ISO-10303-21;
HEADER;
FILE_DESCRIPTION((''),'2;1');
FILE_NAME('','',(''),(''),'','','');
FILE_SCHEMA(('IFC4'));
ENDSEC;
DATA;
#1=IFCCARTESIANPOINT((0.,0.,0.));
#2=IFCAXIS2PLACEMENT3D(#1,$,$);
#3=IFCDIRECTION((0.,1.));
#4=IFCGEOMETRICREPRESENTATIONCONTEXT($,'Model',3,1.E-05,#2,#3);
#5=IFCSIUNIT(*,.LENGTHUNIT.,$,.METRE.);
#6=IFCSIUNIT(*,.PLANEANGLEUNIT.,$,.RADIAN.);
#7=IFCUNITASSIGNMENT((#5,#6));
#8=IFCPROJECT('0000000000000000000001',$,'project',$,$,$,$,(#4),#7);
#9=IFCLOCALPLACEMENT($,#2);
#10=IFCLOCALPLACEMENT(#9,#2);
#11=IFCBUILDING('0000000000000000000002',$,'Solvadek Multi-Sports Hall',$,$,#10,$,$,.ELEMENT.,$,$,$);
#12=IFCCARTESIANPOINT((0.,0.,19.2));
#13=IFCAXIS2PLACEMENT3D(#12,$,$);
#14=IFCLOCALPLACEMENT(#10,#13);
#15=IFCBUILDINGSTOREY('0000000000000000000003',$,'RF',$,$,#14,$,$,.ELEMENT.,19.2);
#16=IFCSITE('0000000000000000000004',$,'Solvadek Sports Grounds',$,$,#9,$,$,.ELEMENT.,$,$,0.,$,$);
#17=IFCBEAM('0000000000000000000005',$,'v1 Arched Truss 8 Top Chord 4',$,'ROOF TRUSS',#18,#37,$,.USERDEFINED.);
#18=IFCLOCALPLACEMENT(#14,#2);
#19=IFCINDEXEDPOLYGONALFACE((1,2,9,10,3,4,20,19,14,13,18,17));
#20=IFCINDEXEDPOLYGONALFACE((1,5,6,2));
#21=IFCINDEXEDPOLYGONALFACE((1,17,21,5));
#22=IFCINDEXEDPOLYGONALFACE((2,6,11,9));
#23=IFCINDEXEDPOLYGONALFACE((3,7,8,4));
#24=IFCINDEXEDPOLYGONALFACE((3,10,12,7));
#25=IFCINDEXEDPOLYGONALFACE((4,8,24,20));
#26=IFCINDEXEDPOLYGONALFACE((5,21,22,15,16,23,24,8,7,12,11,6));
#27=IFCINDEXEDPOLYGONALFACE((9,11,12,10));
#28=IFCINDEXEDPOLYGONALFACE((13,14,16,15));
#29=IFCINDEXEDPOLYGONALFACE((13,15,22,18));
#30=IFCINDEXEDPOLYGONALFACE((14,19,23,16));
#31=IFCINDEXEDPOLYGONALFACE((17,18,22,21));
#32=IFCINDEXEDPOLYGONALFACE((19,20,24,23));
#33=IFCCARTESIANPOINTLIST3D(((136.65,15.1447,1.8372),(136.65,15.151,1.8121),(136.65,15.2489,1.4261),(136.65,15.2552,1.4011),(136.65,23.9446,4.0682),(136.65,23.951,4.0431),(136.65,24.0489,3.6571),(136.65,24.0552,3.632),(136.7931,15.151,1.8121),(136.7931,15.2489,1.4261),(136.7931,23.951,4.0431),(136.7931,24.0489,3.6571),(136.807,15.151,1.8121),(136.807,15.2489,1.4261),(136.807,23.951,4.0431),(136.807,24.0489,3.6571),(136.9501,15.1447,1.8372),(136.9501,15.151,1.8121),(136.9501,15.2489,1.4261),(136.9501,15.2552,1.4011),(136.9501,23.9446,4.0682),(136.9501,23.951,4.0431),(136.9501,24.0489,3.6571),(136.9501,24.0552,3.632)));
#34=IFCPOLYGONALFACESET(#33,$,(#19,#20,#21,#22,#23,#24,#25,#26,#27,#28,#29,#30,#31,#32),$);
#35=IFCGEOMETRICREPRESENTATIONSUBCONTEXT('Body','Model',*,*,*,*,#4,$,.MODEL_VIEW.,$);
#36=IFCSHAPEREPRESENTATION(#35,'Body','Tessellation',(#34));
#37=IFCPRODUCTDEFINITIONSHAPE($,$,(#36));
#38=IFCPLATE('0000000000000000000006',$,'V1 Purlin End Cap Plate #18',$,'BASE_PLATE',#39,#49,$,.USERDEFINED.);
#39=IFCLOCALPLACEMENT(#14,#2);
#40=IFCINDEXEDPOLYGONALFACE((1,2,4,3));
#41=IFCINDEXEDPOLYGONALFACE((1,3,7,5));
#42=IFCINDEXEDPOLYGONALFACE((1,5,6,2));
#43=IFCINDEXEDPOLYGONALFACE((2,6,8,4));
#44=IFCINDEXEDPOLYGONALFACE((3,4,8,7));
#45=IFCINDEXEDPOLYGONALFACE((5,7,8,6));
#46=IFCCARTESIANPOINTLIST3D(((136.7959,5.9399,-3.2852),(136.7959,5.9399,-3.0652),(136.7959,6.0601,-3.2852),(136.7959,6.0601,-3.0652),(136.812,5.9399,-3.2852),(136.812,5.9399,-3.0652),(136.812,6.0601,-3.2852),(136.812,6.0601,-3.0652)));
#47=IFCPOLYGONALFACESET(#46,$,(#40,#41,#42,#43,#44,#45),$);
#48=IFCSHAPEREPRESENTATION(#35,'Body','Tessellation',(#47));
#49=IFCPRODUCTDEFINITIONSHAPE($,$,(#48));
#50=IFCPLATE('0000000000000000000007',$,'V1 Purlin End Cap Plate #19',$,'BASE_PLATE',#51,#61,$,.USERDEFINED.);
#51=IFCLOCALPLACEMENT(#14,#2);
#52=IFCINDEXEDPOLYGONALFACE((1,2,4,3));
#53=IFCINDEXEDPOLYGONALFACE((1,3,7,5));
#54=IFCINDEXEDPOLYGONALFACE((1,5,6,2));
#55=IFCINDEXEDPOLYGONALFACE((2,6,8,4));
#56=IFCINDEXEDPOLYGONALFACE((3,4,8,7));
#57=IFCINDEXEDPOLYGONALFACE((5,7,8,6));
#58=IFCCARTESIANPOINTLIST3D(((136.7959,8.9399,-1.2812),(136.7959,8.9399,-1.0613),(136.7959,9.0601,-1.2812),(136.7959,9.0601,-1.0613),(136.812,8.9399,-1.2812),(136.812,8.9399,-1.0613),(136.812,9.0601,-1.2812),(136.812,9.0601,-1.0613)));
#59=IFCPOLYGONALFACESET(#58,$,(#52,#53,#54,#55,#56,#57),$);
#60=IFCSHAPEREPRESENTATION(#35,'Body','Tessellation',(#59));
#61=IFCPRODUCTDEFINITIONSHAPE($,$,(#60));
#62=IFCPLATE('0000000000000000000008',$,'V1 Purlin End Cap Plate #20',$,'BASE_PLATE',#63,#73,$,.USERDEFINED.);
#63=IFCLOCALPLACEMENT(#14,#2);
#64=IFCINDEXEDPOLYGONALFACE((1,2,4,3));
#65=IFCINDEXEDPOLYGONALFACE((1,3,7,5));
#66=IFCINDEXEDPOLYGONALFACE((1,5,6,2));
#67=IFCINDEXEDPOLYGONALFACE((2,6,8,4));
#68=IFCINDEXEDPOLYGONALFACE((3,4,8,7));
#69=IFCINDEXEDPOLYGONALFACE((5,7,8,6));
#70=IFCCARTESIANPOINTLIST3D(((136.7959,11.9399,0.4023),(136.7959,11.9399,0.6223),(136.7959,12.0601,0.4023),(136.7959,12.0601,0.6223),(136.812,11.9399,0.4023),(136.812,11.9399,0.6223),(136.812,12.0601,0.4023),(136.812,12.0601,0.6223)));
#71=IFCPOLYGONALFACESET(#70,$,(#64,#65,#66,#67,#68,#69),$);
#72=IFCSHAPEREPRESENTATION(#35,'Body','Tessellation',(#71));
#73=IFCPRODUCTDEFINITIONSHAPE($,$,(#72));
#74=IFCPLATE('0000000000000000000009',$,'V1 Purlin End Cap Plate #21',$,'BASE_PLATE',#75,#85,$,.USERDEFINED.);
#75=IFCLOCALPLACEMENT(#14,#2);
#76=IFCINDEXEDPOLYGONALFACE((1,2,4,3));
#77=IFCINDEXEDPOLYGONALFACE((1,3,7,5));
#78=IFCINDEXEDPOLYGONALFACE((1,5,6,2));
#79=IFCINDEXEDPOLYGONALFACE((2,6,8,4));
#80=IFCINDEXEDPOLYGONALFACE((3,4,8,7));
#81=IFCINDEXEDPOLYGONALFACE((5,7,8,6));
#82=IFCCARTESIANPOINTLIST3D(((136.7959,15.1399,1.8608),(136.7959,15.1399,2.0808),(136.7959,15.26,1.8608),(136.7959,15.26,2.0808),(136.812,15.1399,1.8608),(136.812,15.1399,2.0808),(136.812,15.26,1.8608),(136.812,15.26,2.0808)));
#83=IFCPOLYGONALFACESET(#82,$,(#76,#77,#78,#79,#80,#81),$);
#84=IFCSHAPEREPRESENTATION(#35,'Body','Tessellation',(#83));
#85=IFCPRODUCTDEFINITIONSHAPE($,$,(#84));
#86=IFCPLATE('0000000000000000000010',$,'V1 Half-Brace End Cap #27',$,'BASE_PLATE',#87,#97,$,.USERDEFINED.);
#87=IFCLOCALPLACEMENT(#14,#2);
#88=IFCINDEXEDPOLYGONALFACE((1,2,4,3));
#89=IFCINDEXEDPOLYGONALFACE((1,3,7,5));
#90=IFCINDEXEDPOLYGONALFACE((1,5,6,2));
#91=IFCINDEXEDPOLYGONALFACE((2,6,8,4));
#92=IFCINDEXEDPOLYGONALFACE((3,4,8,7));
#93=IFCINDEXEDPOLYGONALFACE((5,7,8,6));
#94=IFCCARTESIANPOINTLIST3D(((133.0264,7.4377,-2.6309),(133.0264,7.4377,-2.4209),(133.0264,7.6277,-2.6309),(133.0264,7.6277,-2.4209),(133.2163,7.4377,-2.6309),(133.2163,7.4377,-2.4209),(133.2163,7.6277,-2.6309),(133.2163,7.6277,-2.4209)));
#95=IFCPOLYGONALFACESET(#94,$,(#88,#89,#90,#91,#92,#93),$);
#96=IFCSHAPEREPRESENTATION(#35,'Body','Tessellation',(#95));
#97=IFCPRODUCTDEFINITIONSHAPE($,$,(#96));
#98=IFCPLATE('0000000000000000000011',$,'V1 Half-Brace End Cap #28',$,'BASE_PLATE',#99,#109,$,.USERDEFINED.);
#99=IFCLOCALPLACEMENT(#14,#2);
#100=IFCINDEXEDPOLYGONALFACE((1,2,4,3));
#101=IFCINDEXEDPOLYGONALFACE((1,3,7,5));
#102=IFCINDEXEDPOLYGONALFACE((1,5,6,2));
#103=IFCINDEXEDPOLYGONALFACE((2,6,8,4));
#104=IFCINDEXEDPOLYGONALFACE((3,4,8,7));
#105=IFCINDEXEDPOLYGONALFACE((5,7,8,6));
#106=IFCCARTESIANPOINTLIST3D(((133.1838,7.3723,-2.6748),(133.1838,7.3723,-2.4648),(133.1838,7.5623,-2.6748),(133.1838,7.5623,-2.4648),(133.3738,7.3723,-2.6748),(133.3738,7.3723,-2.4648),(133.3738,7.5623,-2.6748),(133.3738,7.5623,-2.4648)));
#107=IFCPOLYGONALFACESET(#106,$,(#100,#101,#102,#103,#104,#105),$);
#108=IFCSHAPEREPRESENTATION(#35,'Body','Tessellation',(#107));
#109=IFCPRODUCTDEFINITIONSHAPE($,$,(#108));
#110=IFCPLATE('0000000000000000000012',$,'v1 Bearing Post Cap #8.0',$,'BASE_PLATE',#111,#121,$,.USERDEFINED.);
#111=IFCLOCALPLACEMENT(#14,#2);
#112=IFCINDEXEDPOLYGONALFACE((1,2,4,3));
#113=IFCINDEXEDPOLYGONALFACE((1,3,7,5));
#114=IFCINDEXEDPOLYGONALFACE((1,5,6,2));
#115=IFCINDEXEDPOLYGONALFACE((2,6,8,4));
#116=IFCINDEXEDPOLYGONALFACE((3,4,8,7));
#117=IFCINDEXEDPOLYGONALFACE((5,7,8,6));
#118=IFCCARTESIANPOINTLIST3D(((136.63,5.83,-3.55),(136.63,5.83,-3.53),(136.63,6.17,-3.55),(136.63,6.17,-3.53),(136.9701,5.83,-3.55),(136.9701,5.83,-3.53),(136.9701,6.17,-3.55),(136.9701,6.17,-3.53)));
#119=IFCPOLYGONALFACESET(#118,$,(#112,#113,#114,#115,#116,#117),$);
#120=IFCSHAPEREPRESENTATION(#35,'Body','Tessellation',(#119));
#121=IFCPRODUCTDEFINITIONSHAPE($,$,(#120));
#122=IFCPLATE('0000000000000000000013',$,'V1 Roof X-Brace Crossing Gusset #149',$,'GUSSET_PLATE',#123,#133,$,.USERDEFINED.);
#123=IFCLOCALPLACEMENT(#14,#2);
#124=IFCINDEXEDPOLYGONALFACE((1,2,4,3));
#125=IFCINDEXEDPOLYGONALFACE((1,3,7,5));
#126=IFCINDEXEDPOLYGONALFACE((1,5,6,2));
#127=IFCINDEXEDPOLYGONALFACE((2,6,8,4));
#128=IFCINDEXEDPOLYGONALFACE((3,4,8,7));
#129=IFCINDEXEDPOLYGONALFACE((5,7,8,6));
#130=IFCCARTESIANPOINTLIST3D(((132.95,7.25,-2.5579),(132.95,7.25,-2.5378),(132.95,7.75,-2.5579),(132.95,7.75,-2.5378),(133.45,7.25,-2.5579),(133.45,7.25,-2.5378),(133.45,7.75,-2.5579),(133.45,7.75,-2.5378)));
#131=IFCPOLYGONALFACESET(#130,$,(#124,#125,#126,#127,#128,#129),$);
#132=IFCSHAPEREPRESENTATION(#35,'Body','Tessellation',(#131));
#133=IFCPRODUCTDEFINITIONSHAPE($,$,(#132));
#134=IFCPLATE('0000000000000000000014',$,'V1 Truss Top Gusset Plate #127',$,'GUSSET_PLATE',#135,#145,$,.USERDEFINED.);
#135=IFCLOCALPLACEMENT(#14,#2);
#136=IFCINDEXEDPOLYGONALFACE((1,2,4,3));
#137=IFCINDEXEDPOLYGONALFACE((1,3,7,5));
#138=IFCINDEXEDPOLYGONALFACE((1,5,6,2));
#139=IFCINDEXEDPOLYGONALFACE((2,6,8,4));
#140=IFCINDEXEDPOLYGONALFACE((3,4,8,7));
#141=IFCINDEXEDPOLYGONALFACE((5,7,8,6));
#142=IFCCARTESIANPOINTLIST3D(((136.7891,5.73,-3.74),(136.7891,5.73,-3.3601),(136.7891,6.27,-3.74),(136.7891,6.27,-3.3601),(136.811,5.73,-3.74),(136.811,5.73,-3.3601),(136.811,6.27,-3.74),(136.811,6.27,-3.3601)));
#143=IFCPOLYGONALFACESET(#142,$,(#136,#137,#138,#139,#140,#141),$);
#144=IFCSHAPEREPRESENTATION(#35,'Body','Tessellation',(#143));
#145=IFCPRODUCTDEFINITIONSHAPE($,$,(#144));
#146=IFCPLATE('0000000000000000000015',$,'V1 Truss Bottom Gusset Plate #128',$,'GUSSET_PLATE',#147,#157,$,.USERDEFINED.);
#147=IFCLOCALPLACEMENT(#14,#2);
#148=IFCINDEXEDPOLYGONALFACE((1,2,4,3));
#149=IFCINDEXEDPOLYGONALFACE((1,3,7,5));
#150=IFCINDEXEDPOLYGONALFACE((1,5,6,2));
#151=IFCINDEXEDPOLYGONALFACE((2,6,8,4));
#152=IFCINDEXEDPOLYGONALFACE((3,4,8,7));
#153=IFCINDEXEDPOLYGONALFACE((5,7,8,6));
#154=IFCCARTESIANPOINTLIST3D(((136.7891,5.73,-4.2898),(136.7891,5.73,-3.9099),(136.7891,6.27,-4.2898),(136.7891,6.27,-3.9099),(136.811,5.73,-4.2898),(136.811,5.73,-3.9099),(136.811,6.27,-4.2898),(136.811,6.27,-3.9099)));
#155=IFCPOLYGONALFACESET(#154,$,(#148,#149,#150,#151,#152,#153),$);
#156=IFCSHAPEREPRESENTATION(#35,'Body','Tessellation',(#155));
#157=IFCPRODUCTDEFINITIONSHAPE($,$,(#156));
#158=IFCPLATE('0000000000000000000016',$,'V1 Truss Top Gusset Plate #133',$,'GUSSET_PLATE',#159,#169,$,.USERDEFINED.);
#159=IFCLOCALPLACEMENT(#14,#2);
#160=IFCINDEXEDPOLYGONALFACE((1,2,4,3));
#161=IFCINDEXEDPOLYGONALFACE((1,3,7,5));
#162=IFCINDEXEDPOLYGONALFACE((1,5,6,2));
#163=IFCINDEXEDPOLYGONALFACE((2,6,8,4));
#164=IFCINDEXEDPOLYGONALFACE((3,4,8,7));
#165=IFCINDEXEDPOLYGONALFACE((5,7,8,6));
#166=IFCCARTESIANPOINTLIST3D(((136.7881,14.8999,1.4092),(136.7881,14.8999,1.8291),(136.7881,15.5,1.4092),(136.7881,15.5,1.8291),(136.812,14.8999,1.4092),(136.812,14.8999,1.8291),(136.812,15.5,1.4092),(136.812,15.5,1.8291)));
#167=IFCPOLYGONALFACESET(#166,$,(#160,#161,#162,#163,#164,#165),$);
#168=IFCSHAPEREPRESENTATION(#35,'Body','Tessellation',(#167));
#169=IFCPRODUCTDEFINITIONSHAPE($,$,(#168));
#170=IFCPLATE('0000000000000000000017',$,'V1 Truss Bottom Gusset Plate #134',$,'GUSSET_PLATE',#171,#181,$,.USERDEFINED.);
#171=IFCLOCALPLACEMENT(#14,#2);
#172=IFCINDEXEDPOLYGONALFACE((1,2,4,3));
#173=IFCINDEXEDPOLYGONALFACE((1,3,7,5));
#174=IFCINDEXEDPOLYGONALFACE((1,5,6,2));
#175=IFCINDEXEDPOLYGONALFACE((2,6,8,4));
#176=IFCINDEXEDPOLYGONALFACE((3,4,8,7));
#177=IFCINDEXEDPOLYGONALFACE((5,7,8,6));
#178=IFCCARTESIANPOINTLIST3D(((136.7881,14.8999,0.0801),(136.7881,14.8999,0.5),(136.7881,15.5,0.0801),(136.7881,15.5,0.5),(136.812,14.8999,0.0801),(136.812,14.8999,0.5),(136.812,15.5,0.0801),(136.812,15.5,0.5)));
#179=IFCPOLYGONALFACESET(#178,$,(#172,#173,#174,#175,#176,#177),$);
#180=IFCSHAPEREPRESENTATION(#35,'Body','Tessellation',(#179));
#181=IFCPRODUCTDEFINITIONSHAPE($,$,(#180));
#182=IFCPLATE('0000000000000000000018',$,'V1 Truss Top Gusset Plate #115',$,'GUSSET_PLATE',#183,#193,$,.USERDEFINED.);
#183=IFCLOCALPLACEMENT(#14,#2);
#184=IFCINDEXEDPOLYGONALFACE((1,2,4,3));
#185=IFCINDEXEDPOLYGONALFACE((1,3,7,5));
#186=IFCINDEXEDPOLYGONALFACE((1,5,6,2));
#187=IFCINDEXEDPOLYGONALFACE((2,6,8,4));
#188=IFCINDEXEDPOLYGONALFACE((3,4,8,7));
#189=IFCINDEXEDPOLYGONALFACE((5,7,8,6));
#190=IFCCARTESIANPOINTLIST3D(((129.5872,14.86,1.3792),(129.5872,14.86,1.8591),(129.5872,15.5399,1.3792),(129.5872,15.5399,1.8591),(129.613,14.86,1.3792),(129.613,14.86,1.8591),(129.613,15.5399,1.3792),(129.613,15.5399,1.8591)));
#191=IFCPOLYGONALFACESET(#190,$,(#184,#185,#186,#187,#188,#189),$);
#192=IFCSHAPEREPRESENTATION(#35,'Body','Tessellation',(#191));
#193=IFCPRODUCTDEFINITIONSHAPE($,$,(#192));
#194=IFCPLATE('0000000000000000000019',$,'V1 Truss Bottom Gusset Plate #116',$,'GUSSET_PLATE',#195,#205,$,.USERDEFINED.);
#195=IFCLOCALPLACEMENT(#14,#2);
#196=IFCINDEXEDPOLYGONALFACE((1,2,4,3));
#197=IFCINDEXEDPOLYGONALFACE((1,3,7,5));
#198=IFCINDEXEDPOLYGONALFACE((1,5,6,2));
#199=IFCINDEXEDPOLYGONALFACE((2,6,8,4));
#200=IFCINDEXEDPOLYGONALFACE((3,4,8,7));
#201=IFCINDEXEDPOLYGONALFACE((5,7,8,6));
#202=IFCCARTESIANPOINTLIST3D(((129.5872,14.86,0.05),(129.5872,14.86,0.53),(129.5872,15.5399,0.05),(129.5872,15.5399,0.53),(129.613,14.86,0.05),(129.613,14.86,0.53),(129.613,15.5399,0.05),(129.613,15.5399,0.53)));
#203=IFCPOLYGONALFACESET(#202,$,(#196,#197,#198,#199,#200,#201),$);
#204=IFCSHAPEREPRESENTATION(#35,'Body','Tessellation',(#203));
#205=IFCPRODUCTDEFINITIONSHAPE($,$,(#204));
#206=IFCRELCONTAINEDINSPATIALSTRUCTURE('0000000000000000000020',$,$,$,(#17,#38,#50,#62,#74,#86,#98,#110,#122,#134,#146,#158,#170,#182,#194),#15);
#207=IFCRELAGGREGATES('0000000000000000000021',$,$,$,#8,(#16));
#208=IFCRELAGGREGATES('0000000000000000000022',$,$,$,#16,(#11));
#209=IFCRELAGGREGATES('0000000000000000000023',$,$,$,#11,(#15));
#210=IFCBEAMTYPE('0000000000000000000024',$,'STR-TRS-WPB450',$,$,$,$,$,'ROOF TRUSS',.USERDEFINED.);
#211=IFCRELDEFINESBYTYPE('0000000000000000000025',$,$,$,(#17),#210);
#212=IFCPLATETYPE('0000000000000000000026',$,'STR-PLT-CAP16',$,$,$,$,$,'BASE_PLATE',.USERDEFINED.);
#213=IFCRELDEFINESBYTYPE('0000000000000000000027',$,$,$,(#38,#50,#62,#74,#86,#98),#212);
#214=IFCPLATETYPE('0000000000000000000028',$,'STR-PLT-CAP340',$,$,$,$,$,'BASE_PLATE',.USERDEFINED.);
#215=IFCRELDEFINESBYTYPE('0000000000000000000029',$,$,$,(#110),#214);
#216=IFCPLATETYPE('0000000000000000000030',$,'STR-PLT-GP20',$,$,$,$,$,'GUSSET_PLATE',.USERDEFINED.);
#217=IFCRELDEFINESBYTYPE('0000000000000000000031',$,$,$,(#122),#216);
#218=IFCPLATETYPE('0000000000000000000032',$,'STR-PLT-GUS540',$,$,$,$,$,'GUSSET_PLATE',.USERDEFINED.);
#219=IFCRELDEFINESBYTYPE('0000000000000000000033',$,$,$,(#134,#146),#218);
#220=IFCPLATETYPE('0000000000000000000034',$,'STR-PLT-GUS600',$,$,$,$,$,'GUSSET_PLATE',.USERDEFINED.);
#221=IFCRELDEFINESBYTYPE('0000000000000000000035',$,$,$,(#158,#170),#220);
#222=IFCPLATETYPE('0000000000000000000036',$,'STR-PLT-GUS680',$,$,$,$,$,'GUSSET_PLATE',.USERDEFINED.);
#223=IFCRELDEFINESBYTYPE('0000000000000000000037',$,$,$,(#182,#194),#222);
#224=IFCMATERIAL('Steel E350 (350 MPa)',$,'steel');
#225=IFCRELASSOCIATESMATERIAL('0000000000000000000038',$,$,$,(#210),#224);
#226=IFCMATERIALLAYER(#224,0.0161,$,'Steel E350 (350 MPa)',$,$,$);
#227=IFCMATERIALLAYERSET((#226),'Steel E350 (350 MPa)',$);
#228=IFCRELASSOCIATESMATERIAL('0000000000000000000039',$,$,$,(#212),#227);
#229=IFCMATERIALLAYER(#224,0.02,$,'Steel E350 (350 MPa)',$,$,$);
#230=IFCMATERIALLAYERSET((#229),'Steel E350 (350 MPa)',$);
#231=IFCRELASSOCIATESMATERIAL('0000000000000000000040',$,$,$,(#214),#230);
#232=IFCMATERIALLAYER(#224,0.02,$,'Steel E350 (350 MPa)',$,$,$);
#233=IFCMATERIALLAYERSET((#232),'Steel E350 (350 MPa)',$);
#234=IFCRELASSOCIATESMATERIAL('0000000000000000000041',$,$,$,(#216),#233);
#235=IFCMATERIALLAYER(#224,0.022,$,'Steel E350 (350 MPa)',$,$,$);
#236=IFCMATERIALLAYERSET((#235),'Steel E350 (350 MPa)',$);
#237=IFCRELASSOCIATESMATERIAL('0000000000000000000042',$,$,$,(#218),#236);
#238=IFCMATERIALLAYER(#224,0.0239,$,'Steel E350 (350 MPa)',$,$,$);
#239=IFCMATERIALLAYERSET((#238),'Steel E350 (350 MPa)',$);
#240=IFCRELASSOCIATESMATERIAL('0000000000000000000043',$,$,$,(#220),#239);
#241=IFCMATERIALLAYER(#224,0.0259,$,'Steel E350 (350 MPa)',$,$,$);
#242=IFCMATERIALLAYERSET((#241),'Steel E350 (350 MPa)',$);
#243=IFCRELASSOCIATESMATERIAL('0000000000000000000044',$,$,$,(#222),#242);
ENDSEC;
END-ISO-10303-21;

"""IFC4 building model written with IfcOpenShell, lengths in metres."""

from ifc_helpers import new_model, si_unit, direction, frame, origin, origin_2d, place, context, subcontext, project, spatial, rectangle, i_section, extrude, material, layer, layer_set, material_profile, profile_set, type_object, element, save


model = new_model("IFC4")

# Units and contexts
model_context = context("Model", 3, precision=1e-05, world=origin(), true_north=direction((0.0, 1.0)))
body_context = subcontext(model_context, "Body", "Model", "MODEL_VIEW")
ifc_project = project(units=[si_unit("LENGTHUNIT", "METRE"), si_unit("PLANEANGLEUNIT", "RADIAN")], contexts=[model_context])

# Site, building, storey
site_placement = place(None, origin())
site = spatial("IfcSite", under=ifc_project, at=site_placement, Name="Solvadek Sports Grounds", CompositionType="ELEMENT", RefElevation=0.0)
building_placement = place(site_placement, origin())
building = spatial("IfcBuilding", under=site, at=building_placement, Name="Solvadek Multi-Sports Hall", CompositionType="ELEMENT")
storey_placement = place(building_placement, frame((0.0, 0.0, 19.2)))
storey = spatial("IfcBuildingStorey", under=building, at=storey_placement, Name="RF", CompositionType="ELEMENT", Elevation=19.2)

# Shared definitions
ifc_material_1 = material(Name="Steel E350 (350 MPa)", Category="steel")

# Beam
ifc_material_profile_1 = material_profile(ifc_material_1, i_section(OverallWidth=0.3, OverallDepth=0.45, WebThickness=0.0139, FlangeThickness=0.0259, at=origin_2d()), Name="WPB 450")
ifc_profile_set_1 = profile_set([ifc_material_profile_1], Name="Steel E350 (350 MPa)")
beam_type = type_object("IfcBeamType", Name="STR-TRS-WPB450", ElementType="ROOF TRUSS", PredefinedType="USERDEFINED", material=ifc_profile_set_1)
beam_1_placement = place(storey_placement, frame((136.8, 15.2, 1.6191), z_axis=(0.0, 0.969335, 0.245742), x_axis=(-1.0, 0.0, 0.0)))
element("IfcBeam", 1, at=beam_1_placement, inside=storey, type_object=beam_type, Name="v1 Arched Truss 8 Top Chord 4", ObjectType="ROOF TRUSS", PredefinedType="USERDEFINED", context=body_context, shape_type="SweptSolid", body=[
    extrude(i_section(OverallWidth=0.3, OverallDepth=0.45, WebThickness=0.0139, FlangeThickness=0.0259, at=origin_2d()), origin(), (0.0, 0.0, 1.0), 9.0784),
])

# Plates
ifc_layer_1 = layer(ifc_material_1, 0.0161, Name="Steel E350 (350 MPa)")
ifc_layer_set_1 = layer_set([ifc_layer_1], Name="Steel E350 (350 MPa)")
plate_type_1 = type_object("IfcPlateType", Name="STR-PLT-CAP16", ElementType="BASE_PLATE", PredefinedType="USERDEFINED", material=ifc_layer_set_1)
for number, where, z_axis, x_axis, name in (
    (2, (136.804, 6.0, -3.2852), (0.0, 0.0, 1.0), (1.0, 0.0, 0.0), "V1 Purlin End Cap Plate #18"),
    (3, (136.804, 9.0, -1.2812), (0.0, 0.0, 1.0), (1.0, 0.0, 0.0), "V1 Purlin End Cap Plate #19"),
    (4, (136.804, 12.0, 0.4023), (0.0, 0.0, 1.0), (1.0, 0.0, 0.0), "V1 Purlin End Cap Plate #20"),
    (5, (136.804, 15.2, 1.8608), (0.0, 0.0, 1.0), (1.0, 0.0, 0.0), "V1 Purlin End Cap Plate #21"),
):
    element("IfcPlate", number, at=place(storey_placement, frame(where, z_axis=z_axis, x_axis=x_axis)), inside=storey, type_object=plate_type_1, Name=name, ObjectType="BASE_PLATE", PredefinedType="USERDEFINED", context=body_context, shape_type="SweptSolid", body=[
        extrude(rectangle(XDim=0.0161, YDim=0.1201, at=origin_2d()), origin(), (0.0, 0.0, 1.0), 0.22),
    ])
for number, where, z_axis, x_axis, name in (
    (6, (133.1213, 7.5327, -2.6309), (0.0, 0.0, 1.0), (1.0, 0.0, 0.0), "V1 Half-Brace End Cap #27"),
    (7, (133.2788, 7.4673, -2.6748), (0.0, 0.0, 1.0), (1.0, 0.0, 0.0), "V1 Half-Brace End Cap #28"),
):
    element("IfcPlate", number, at=place(storey_placement, frame(where, z_axis=z_axis, x_axis=x_axis)), inside=storey, type_object=plate_type_1, Name=name, ObjectType="BASE_PLATE", PredefinedType="USERDEFINED", context=body_context, shape_type="SweptSolid", body=[
        extrude(rectangle(XDim=0.1899, YDim=0.1899, at=origin_2d()), origin(), (0.0, 0.0, 1.0), 0.21),
    ])
ifc_layer_2 = layer(ifc_material_1, 0.02, Name="Steel E350 (350 MPa)")
ifc_layer_set_2 = layer_set([ifc_layer_2], Name="Steel E350 (350 MPa)")
plate_type_2 = type_object("IfcPlateType", Name="STR-PLT-CAP340", ElementType="BASE_PLATE", PredefinedType="USERDEFINED", material=ifc_layer_set_2)
plate_1_placement = place(storey_placement, frame((136.8, 6.0, -3.55), z_axis=(0.0, 0.0, 1.0), x_axis=(1.0, 0.0, 0.0)))
element("IfcPlate", 8, at=plate_1_placement, inside=storey, type_object=plate_type_2, Name="v1 Bearing Post Cap #8.0", ObjectType="BASE_PLATE", PredefinedType="USERDEFINED", context=body_context, shape_type="SweptSolid", body=[
    extrude(rectangle(XDim=0.3401, YDim=0.3401, at=origin_2d()), origin(), (0.0, 0.0, 1.0), 0.02),
])
ifc_layer_3 = layer(ifc_material_1, 0.02, Name="Steel E350 (350 MPa)")
ifc_layer_set_3 = layer_set([ifc_layer_3], Name="Steel E350 (350 MPa)")
plate_type_3 = type_object("IfcPlateType", Name="STR-PLT-GP20", ElementType="GUSSET_PLATE", PredefinedType="USERDEFINED", material=ifc_layer_set_3)
plate_2_placement = place(storey_placement, frame((133.2, 7.5, -2.5579), z_axis=(0.0, 0.0, 1.0), x_axis=(1.0, 0.0, 0.0)))
element("IfcPlate", 9, at=plate_2_placement, inside=storey, type_object=plate_type_3, Name="V1 Roof X-Brace Crossing Gusset #149", ObjectType="GUSSET_PLATE", PredefinedType="USERDEFINED", context=body_context, shape_type="SweptSolid", body=[
    extrude(rectangle(XDim=0.5, YDim=0.5, at=origin_2d()), origin(), (0.0, 0.0, 1.0), 0.02),
])
ifc_layer_4 = layer(ifc_material_1, 0.022, Name="Steel E350 (350 MPa)")
ifc_layer_set_4 = layer_set([ifc_layer_4], Name="Steel E350 (350 MPa)")
plate_type_4 = type_object("IfcPlateType", Name="STR-PLT-GUS540", ElementType="GUSSET_PLATE", PredefinedType="USERDEFINED", material=ifc_layer_set_4)
for number, where, z_axis, x_axis, name in (
    (10, (136.8, 6.0, -3.74), (0.0, 0.0, 1.0), (0.0, 1.0, 0.0), "V1 Truss Top Gusset Plate #127"),
    (11, (136.8, 6.0, -4.2898), (0.0, 0.0, 1.0), (0.0, 1.0, 0.0), "V1 Truss Bottom Gusset Plate #128"),
):
    element("IfcPlate", number, at=place(storey_placement, frame(where, z_axis=z_axis, x_axis=x_axis)), inside=storey, type_object=plate_type_4, Name=name, ObjectType="GUSSET_PLATE", PredefinedType="USERDEFINED", context=body_context, shape_type="SweptSolid", body=[
        extrude(rectangle(XDim=0.54, YDim=0.022, at=origin_2d()), origin(), (0.0, 0.0, 1.0), 0.3799),
    ])
ifc_layer_5 = layer(ifc_material_1, 0.0239, Name="Steel E350 (350 MPa)")
ifc_layer_set_5 = layer_set([ifc_layer_5], Name="Steel E350 (350 MPa)")
plate_type_5 = type_object("IfcPlateType", Name="STR-PLT-GUS600", ElementType="GUSSET_PLATE", PredefinedType="USERDEFINED", material=ifc_layer_set_5)
for number, where, z_axis, x_axis, name in (
    (12, (136.8, 15.2, 1.4092), (0.0, 0.0, 1.0), (0.0, 1.0, 0.0), "V1 Truss Top Gusset Plate #133"),
    (13, (136.8, 15.2, 0.0801), (0.0, 0.0, 1.0), (0.0, 1.0, 0.0), "V1 Truss Bottom Gusset Plate #134"),
):
    element("IfcPlate", number, at=place(storey_placement, frame(where, z_axis=z_axis, x_axis=x_axis)), inside=storey, type_object=plate_type_5, Name=name, ObjectType="GUSSET_PLATE", PredefinedType="USERDEFINED", context=body_context, shape_type="SweptSolid", body=[
        extrude(rectangle(XDim=0.6001, YDim=0.0239, at=origin_2d()), origin(), (0.0, 0.0, 1.0), 0.4199),
    ])
ifc_layer_6 = layer(ifc_material_1, 0.0259, Name="Steel E350 (350 MPa)")
ifc_layer_set_6 = layer_set([ifc_layer_6], Name="Steel E350 (350 MPa)")
plate_type_6 = type_object("IfcPlateType", Name="STR-PLT-GUS680", ElementType="GUSSET_PLATE", PredefinedType="USERDEFINED", material=ifc_layer_set_6)
for number, where, z_axis, x_axis, name in (
    (14, (129.6001, 15.2, 1.3792), (0.0, 0.0, 1.0), (0.0, 1.0, 0.0), "V1 Truss Top Gusset Plate #115"),
    (15, (129.6001, 15.2, 0.05), (0.0, 0.0, 1.0), (0.0, 1.0, 0.0), "V1 Truss Bottom Gusset Plate #116"),
):
    element("IfcPlate", number, at=place(storey_placement, frame(where, z_axis=z_axis, x_axis=x_axis)), inside=storey, type_object=plate_type_6, Name=name, ObjectType="GUSSET_PLATE", PredefinedType="USERDEFINED", context=body_context, shape_type="SweptSolid", body=[
        extrude(rectangle(XDim=0.6799, YDim=0.0259, at=origin_2d()), origin(), (0.0, 0.0, 1.0), 0.48),
    ])

save(model, "model.ifc")
